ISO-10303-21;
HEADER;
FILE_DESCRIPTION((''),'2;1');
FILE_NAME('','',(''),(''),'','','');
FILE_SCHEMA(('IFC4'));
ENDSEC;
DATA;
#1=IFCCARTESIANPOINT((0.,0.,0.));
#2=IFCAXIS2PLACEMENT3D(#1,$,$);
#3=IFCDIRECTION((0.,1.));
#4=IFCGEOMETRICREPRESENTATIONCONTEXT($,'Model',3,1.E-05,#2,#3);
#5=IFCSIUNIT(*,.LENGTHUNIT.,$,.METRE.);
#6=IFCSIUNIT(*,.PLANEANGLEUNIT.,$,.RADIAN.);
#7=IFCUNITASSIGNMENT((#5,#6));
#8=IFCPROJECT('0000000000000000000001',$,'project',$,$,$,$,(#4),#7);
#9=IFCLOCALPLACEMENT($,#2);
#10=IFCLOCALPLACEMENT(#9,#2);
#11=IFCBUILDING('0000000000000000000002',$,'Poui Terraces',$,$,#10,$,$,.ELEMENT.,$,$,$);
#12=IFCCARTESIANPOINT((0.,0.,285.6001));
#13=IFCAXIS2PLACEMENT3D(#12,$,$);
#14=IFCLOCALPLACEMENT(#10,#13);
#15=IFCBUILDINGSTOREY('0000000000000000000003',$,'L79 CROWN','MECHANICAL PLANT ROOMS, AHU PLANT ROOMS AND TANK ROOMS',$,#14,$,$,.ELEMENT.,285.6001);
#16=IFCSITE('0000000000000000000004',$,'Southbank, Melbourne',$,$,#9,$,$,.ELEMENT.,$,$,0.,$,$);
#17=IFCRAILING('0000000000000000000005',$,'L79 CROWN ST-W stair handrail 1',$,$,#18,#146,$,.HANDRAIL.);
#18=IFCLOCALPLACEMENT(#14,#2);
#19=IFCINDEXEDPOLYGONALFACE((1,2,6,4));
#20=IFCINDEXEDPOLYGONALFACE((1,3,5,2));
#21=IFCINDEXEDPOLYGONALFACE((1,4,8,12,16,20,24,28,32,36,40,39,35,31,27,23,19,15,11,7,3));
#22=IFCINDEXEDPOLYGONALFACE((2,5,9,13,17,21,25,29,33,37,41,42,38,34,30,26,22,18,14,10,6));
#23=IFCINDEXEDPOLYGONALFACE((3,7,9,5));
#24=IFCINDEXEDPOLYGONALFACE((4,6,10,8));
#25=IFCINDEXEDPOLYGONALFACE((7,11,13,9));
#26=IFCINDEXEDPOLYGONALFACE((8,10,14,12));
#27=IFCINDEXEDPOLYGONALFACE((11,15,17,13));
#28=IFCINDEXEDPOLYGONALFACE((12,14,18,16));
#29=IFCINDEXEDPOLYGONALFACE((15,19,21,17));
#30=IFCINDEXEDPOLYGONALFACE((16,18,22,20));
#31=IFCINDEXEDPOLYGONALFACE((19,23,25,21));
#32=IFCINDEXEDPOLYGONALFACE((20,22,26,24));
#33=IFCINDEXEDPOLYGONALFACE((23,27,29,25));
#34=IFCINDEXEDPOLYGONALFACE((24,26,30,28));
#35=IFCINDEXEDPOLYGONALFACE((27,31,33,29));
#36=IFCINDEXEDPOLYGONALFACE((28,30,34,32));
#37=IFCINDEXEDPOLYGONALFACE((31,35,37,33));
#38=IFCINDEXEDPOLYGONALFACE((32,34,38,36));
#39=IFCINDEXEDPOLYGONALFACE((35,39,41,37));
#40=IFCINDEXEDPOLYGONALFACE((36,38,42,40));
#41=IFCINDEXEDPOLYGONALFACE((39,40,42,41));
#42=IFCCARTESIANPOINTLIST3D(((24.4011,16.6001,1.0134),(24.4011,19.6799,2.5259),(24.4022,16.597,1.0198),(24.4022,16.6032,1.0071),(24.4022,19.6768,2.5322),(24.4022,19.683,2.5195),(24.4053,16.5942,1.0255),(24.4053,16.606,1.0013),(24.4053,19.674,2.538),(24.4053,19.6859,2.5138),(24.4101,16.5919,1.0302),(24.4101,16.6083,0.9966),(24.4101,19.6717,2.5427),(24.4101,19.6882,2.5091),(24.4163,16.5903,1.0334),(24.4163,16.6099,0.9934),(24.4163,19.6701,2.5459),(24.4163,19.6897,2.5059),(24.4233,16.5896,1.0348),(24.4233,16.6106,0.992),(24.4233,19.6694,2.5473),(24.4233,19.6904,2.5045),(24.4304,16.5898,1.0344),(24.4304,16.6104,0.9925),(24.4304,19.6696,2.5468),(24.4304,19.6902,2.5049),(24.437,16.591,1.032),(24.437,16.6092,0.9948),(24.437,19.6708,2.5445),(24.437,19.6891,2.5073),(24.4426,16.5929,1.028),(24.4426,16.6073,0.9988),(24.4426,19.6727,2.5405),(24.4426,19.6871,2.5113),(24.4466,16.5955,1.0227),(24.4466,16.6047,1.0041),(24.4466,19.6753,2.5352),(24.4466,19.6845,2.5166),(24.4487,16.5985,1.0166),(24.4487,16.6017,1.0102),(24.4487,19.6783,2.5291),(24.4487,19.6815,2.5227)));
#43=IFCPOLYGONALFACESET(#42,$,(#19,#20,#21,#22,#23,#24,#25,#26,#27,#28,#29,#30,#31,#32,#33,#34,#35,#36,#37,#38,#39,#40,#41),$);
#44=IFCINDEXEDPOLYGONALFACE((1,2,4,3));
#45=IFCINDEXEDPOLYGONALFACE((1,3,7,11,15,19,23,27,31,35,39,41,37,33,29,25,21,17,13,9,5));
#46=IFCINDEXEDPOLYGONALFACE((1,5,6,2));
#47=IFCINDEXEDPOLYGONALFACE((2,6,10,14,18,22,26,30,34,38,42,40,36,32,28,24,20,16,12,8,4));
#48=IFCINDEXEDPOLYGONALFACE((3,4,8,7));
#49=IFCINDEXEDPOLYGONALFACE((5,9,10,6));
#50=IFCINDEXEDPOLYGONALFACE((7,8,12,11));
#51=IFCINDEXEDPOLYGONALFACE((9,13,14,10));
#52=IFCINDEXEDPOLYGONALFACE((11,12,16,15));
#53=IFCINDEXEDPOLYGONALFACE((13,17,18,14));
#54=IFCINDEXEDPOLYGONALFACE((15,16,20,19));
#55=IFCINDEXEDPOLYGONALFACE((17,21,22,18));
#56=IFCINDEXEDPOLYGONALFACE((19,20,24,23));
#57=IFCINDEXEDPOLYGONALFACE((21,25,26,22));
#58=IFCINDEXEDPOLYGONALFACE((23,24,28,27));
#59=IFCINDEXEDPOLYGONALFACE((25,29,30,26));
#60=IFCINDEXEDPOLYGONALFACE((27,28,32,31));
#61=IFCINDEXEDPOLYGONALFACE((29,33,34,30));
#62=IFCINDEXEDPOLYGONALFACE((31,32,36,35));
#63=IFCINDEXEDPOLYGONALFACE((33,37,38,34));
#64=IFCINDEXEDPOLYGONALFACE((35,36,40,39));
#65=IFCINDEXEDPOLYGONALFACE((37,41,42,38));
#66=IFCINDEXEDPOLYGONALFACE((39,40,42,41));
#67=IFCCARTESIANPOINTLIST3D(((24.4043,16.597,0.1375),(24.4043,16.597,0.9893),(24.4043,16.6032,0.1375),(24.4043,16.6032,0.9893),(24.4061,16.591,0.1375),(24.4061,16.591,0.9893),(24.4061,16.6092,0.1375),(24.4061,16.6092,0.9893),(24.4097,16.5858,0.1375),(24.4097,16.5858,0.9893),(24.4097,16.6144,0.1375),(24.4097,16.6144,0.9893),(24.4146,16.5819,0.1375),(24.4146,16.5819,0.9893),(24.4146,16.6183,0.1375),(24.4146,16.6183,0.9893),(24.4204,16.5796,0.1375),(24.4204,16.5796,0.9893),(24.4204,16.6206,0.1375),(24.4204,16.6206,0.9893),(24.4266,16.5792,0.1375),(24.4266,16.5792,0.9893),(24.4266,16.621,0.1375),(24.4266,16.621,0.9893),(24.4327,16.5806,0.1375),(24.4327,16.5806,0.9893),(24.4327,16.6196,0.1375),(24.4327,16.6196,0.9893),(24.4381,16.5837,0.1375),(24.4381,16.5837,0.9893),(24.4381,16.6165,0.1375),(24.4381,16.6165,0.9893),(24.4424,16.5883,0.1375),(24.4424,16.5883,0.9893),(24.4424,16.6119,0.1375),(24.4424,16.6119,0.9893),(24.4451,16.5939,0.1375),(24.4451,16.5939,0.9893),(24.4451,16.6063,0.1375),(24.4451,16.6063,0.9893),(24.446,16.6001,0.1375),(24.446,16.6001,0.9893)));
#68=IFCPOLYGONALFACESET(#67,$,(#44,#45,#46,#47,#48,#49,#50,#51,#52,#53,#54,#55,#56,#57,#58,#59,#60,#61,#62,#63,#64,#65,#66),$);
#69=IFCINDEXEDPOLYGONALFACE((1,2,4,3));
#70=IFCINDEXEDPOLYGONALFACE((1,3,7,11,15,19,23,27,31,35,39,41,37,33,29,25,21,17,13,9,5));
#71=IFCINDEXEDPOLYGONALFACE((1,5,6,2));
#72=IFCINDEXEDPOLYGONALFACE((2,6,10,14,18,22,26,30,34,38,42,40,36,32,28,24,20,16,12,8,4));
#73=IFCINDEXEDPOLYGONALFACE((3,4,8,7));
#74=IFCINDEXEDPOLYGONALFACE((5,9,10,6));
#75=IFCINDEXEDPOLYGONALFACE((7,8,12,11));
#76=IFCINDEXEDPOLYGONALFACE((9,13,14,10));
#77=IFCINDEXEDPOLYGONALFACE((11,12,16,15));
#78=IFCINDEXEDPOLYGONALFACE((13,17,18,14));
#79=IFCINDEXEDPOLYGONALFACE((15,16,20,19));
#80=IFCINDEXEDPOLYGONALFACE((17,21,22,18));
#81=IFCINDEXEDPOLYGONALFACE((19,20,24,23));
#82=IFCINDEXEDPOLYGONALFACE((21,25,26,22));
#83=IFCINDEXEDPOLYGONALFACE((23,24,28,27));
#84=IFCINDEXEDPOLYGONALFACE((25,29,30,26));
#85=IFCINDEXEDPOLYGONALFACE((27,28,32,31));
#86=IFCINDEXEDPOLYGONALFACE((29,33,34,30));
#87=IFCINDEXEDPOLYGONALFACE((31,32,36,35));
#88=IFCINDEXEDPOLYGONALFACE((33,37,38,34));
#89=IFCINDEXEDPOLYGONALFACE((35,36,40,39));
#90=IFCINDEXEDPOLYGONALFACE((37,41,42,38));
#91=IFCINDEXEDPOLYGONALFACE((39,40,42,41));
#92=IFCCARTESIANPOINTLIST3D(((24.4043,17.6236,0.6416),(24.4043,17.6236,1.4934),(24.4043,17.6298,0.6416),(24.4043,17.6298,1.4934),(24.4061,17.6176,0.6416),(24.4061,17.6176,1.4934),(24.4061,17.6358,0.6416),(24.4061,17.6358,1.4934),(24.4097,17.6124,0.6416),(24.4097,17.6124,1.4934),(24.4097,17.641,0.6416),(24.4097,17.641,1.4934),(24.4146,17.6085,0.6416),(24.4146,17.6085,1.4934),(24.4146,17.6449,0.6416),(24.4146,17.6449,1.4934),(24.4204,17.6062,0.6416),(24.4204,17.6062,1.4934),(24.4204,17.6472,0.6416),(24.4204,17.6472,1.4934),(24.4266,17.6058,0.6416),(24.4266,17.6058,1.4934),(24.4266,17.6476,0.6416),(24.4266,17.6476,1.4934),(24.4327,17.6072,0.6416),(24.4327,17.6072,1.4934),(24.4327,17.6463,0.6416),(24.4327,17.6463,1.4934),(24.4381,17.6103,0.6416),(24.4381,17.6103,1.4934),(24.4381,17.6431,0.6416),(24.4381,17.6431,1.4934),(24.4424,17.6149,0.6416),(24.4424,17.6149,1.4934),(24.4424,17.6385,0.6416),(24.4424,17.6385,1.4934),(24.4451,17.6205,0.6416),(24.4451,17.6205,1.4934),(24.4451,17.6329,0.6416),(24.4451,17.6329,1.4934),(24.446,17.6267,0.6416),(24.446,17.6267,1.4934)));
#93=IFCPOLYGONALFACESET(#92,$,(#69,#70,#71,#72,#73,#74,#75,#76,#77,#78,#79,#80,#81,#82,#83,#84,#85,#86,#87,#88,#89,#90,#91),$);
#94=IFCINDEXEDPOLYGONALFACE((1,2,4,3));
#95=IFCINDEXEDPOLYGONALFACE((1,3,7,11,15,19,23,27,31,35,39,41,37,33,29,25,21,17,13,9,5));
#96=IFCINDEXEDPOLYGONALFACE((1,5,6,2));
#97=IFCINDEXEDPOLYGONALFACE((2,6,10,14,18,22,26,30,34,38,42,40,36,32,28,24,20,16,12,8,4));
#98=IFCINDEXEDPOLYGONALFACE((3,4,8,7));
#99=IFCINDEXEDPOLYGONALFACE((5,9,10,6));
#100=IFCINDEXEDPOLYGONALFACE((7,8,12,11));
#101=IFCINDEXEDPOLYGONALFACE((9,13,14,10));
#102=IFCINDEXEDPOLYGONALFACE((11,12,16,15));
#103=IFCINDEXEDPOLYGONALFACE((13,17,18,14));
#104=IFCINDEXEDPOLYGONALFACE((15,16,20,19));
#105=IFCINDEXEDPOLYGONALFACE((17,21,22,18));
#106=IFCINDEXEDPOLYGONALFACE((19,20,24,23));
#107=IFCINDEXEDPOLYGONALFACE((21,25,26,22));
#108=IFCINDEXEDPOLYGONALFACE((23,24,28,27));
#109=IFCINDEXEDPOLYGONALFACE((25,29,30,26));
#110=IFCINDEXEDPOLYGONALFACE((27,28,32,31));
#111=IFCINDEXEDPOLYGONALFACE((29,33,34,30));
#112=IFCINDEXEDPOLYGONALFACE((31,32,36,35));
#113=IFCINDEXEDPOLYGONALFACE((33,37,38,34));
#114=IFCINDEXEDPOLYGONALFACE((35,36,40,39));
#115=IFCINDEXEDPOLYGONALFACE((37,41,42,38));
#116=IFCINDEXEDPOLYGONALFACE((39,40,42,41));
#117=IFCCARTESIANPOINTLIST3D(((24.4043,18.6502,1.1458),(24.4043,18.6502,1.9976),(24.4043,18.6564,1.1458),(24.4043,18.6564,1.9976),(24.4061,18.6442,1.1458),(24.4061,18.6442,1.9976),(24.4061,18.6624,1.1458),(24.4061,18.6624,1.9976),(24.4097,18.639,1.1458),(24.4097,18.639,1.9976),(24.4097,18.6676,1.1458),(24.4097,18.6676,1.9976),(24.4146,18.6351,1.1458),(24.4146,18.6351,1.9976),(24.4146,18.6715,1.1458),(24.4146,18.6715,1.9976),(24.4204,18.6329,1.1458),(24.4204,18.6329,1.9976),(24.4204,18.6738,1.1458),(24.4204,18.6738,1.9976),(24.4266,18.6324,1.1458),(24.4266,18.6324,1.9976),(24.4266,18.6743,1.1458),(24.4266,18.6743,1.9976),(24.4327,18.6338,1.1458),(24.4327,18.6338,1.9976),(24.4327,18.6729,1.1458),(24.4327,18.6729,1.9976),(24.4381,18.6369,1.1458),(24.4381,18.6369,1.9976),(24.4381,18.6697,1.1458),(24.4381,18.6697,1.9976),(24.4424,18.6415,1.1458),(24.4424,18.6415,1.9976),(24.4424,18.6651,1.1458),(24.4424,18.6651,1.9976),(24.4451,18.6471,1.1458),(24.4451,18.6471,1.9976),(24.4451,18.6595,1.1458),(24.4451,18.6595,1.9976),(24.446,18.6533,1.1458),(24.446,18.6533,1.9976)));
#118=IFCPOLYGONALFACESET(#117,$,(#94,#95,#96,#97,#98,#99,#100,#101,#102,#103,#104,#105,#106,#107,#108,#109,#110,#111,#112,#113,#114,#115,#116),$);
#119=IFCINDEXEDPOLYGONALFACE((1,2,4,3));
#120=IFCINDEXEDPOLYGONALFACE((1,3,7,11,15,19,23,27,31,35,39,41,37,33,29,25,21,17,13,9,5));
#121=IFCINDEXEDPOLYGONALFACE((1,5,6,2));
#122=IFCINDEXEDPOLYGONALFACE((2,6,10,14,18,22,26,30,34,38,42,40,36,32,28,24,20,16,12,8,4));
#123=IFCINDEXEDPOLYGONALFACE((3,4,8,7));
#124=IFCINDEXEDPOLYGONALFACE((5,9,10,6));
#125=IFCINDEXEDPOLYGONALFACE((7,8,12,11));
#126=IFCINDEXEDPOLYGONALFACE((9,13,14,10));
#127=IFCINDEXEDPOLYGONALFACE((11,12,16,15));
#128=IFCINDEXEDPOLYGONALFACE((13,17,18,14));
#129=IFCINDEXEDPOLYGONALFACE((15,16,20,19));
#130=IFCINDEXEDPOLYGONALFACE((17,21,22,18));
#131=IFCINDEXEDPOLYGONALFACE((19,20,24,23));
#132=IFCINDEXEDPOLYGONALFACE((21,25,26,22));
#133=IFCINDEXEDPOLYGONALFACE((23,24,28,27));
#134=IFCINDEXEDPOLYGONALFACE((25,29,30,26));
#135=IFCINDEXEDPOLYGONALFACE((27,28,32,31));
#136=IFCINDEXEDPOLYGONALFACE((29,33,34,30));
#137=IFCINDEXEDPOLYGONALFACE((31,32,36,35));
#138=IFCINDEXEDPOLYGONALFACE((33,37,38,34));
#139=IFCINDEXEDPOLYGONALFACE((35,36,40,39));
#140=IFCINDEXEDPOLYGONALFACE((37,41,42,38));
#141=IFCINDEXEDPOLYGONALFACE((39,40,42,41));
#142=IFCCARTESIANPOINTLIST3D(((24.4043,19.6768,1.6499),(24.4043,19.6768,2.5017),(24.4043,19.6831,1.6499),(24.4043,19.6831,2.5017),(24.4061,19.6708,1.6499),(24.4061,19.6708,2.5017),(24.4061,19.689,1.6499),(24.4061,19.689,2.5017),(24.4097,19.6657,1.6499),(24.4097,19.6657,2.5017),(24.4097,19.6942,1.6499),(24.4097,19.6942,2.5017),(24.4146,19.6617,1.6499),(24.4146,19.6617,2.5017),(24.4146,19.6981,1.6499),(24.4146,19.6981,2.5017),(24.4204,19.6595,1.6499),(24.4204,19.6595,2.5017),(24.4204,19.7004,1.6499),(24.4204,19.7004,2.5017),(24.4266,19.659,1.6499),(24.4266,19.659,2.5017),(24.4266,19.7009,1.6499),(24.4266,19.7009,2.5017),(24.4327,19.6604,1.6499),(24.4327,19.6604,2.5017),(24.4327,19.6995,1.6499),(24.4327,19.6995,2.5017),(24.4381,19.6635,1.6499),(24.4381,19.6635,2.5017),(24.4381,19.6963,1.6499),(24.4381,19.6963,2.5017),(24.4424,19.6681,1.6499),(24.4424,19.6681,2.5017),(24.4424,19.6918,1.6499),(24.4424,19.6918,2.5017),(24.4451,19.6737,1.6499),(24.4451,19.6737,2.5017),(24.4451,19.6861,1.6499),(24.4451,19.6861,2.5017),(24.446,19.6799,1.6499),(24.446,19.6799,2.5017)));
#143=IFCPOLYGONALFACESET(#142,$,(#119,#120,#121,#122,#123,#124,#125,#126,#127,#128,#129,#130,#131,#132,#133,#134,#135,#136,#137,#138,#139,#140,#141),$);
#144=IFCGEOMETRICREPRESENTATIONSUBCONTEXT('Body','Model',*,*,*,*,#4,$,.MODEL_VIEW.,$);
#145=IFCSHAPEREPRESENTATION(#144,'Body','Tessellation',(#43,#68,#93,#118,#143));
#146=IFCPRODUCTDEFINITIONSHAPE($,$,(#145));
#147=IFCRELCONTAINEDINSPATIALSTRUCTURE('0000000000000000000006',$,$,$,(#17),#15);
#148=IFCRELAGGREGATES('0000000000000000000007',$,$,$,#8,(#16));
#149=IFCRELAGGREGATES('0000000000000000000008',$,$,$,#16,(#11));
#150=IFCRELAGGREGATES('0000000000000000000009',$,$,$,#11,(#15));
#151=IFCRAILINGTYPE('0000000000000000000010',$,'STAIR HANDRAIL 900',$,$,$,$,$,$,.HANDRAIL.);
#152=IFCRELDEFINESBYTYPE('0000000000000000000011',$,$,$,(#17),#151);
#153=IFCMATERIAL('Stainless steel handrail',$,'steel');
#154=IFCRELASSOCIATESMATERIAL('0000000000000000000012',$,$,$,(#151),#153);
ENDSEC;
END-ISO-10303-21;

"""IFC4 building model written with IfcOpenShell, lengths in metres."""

from ifc_helpers import new_model, si_unit, direction, frame, origin, origin_2d, place, context, subcontext, project, spatial, circle, extrude, material, type_object, element, save


model = new_model("IFC4")

# Units and contexts
model_context = context("Model", 3, precision=1e-05, world=origin(), true_north=direction((0.0, 1.0)))
body_context = subcontext(model_context, "Body", "Model", "MODEL_VIEW")
ifc_project = project(units=[si_unit("LENGTHUNIT", "METRE"), si_unit("PLANEANGLEUNIT", "RADIAN")], contexts=[model_context])

# Site, building, storey
site_placement = place(None, origin())
site = spatial("IfcSite", under=ifc_project, at=site_placement, Name="Southbank, Melbourne", CompositionType="ELEMENT", RefElevation=0.0)
building_placement = place(site_placement, origin())
building = spatial("IfcBuilding", under=site, at=building_placement, Name="Poui Terraces", CompositionType="ELEMENT")
storey_placement = place(building_placement, frame((0.0, 0.0, 285.6001)))
storey = spatial("IfcBuildingStorey", under=building, at=storey_placement, Name="L79 CROWN", Description="MECHANICAL PLANT ROOMS, AHU PLANT ROOMS AND TANK ROOMS", CompositionType="ELEMENT", Elevation=285.6001)

# Railing
ifc_material_1 = material(Name="Stainless steel handrail", Category="steel")
railing_type_1 = type_object("IfcRailingType", Name="STAIR HANDRAIL 900", PredefinedType="HANDRAIL", material=ifc_material_1)
railing_1_placement = place(storey_placement, frame((24.425, 16.6001, 0.1375)))
element("IfcRailing", 1, at=railing_1_placement, inside=storey, type_object=railing_type_1, Name="L79 CROWN ST-W stair handrail 1", PredefinedType="HANDRAIL", context=body_context, shape_type="SweptSolid", body=[
    extrude(circle(Radius=0.0239, at=origin_2d()), frame((0.0, 0.0, 0.876), z_axis=(0.0, 0.897606, 0.440798), x_axis=(-1.0, 0.0, 0.0)), (0.0, 0.0, 1.0), 3.4312),
    extrude(circle(Radius=0.021, at=origin_2d()), origin(), (0.0, 0.0, 1.0), 0.8518),
    extrude(circle(Radius=0.021, at=origin_2d()), frame((0.0, 1.0266, 0.5042)), (0.0, 0.0, 1.0), 0.8518),
    extrude(circle(Radius=0.021, at=origin_2d()), frame((0.0, 2.0532, 1.0083)), (0.0, 0.0, 1.0), 0.8518),
    extrude(circle(Radius=0.021, at=origin_2d()), frame((0.0, 3.0798, 1.5125)), (0.0, 0.0, 1.0), 0.8518),
])

save(model, "model.ifc")
